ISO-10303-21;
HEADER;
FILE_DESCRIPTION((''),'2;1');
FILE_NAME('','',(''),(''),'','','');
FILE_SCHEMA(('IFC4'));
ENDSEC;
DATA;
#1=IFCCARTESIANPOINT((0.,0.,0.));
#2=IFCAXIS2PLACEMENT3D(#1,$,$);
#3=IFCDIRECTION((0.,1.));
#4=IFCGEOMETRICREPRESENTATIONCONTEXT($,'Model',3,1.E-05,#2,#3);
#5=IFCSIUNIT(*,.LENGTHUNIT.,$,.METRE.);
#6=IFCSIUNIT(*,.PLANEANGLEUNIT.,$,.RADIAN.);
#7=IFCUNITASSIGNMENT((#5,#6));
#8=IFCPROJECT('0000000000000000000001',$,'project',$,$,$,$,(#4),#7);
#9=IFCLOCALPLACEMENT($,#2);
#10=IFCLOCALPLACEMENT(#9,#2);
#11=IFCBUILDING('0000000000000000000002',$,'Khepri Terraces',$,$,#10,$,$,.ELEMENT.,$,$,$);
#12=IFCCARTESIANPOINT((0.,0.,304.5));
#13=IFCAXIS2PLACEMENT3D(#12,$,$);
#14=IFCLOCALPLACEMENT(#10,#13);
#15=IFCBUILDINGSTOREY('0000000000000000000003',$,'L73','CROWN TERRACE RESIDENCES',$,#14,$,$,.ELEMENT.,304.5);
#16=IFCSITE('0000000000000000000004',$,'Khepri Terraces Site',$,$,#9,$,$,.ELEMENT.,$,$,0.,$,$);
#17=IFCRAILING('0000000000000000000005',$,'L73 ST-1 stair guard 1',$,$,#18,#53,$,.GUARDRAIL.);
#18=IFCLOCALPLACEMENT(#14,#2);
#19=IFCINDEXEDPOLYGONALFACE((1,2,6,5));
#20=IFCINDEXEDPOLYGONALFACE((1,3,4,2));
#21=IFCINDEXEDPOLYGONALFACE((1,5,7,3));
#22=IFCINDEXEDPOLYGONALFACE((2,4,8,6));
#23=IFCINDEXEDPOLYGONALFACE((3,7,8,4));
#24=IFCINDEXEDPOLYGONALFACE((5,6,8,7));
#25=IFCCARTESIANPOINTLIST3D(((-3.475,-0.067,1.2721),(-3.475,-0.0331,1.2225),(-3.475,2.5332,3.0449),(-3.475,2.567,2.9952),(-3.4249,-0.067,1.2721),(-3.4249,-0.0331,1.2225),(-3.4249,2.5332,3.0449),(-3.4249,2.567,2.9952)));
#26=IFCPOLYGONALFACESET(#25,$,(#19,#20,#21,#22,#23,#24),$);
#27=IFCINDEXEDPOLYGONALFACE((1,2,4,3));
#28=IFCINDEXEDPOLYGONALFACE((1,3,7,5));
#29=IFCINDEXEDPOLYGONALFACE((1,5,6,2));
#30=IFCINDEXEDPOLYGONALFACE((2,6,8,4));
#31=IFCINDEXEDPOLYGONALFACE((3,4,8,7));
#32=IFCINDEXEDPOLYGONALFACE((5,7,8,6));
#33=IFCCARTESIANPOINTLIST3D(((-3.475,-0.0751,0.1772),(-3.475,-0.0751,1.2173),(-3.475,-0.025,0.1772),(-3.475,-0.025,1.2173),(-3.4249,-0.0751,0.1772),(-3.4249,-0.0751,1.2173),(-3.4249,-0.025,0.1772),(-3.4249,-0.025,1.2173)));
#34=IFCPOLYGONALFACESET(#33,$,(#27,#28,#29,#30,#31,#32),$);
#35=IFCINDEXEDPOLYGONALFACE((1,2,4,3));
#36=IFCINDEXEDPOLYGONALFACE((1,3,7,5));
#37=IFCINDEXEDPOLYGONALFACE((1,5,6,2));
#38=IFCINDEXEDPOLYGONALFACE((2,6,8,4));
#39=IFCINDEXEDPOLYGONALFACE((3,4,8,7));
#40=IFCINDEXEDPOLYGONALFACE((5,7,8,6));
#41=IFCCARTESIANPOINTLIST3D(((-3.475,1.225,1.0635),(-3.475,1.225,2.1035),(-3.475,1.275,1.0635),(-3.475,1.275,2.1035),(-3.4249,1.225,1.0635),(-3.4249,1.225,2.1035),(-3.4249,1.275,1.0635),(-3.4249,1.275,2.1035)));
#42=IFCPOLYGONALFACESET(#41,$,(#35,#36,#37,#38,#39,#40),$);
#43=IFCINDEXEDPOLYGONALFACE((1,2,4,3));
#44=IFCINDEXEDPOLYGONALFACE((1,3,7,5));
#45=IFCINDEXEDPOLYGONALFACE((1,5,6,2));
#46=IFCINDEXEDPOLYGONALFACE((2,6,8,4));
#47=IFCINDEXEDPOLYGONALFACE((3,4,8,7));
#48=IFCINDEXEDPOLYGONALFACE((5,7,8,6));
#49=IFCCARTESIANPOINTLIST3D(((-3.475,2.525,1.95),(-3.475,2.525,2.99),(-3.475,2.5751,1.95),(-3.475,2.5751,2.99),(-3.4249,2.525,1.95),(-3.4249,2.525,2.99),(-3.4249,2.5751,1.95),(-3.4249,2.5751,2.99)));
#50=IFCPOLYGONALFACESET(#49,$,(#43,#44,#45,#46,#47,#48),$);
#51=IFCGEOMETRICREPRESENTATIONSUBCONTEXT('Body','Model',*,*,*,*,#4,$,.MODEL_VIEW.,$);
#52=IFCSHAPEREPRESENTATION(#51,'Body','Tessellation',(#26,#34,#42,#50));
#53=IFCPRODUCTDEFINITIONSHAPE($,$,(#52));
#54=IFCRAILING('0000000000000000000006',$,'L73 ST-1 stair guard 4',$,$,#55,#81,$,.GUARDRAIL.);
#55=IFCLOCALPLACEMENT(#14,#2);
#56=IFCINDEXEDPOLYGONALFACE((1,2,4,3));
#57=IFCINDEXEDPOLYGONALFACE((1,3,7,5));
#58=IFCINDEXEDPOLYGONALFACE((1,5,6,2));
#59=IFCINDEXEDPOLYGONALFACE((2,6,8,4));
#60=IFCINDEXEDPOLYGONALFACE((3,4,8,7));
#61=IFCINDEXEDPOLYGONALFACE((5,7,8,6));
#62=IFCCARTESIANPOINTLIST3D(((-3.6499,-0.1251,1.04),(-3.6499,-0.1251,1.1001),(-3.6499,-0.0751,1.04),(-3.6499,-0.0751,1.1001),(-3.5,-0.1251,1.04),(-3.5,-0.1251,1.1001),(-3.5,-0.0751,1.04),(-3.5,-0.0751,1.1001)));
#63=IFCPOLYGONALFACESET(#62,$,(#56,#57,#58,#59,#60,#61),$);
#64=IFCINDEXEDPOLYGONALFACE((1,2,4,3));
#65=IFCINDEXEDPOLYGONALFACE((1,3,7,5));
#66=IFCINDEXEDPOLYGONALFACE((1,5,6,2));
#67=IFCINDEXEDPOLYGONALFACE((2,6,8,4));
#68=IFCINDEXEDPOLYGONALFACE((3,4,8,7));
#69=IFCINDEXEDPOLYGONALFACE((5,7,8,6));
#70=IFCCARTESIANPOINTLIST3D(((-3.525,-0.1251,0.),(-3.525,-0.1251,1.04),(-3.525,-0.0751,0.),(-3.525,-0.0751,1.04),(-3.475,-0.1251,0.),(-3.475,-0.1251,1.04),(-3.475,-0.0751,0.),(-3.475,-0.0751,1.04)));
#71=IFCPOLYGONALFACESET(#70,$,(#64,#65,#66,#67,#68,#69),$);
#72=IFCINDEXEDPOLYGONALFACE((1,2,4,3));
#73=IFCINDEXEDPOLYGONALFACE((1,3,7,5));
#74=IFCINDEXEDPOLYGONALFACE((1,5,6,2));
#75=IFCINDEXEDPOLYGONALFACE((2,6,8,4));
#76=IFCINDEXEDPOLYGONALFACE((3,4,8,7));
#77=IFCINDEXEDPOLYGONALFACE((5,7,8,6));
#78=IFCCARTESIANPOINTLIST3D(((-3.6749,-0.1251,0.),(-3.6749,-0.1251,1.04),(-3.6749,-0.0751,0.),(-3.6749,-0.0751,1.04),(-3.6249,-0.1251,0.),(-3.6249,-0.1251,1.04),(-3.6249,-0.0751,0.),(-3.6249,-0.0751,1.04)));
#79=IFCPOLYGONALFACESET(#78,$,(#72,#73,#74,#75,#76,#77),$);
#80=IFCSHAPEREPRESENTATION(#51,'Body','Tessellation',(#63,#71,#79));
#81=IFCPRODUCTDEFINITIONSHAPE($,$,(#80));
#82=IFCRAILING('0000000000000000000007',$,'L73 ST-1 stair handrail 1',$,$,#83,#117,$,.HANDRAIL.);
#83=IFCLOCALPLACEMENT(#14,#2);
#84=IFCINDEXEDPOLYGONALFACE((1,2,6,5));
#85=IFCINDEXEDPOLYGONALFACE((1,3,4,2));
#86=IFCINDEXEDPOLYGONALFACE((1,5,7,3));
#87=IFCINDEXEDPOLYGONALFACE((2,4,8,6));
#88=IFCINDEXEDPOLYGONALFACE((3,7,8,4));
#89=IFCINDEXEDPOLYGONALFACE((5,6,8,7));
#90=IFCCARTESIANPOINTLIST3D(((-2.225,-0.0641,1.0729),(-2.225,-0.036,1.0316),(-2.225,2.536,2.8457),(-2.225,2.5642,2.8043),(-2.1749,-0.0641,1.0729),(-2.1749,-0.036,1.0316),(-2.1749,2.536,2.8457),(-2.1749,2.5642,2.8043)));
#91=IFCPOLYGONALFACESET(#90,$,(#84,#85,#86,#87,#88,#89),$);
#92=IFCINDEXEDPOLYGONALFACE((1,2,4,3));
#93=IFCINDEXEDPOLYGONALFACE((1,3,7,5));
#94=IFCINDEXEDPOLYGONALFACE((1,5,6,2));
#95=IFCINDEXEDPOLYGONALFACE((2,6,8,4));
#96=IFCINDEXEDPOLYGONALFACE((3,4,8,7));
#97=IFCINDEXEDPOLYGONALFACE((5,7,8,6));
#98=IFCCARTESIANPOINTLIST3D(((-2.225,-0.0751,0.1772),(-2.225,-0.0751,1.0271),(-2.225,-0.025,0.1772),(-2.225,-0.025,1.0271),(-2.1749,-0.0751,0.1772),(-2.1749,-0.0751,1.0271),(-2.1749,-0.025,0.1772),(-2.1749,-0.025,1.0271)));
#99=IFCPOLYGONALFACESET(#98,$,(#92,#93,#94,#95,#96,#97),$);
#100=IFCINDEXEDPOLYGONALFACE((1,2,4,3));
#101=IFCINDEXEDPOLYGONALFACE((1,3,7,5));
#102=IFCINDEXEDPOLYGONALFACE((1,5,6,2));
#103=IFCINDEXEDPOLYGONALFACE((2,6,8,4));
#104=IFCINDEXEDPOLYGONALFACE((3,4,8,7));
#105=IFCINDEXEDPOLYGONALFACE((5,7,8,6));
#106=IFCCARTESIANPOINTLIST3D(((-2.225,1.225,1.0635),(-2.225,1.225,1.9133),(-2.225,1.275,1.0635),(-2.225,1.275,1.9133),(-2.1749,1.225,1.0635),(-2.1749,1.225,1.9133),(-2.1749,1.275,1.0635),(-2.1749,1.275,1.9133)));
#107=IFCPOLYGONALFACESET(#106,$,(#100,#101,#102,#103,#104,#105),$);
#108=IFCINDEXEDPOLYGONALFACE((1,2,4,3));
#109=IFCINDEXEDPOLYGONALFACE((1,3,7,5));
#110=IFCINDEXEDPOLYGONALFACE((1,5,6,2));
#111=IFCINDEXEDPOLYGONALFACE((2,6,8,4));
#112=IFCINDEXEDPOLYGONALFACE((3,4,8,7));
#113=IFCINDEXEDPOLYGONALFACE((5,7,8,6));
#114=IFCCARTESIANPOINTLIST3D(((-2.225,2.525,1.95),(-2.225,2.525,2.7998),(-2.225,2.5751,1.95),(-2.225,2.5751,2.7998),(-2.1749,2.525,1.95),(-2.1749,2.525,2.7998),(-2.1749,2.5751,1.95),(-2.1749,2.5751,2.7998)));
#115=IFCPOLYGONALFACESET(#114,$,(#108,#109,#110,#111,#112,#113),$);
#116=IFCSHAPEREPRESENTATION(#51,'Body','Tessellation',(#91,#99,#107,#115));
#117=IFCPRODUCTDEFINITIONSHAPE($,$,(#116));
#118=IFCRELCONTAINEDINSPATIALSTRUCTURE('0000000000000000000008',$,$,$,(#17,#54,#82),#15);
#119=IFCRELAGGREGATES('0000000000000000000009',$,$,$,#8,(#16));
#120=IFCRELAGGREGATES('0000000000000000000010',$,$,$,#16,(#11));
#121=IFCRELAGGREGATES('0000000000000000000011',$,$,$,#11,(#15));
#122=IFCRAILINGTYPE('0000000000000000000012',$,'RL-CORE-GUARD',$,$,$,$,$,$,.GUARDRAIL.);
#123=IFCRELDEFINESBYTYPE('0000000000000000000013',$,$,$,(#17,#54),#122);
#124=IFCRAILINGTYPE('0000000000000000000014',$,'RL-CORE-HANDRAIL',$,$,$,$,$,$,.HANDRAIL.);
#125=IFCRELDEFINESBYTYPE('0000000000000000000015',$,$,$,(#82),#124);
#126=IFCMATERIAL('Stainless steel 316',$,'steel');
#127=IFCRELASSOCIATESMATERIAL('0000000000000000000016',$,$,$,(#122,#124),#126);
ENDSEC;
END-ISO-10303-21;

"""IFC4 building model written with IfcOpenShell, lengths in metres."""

from ifc_helpers import new_model, si_unit, direction, frame, origin, origin_2d, place, context, subcontext, project, spatial, rectangle, extrude, material, type_object, element, save


model = new_model("IFC4")

# Units and contexts
model_context = context("Model", 3, precision=1e-05, world=origin(), true_north=direction((0.0, 1.0)))
body_context = subcontext(model_context, "Body", "Model", "MODEL_VIEW")
ifc_project = project(units=[si_unit("LENGTHUNIT", "METRE"), si_unit("PLANEANGLEUNIT", "RADIAN")], contexts=[model_context])

# Site, building, storey
site_placement = place(None, origin())
site = spatial("IfcSite", under=ifc_project, at=site_placement, Name="Khepri Terraces Site", CompositionType="ELEMENT", RefElevation=0.0)
building_placement = place(site_placement, origin())
building = spatial("IfcBuilding", under=site, at=building_placement, Name="Khepri Terraces", CompositionType="ELEMENT")
storey_placement = place(building_placement, frame((0.0, 0.0, 304.5)))
storey = spatial("IfcBuildingStorey", under=building, at=storey_placement, Name="L73", Description="CROWN TERRACE RESIDENCES", CompositionType="ELEMENT", Elevation=304.5)

# Railings
ifc_material_1 = material(Name="Stainless steel 316", Category="steel")
railing_type_1 = type_object("IfcRailingType", Name="RL-CORE-GUARD", PredefinedType="GUARDRAIL", material=ifc_material_1)
railing_1_placement = place(storey_placement, frame((-3.45, -0.05, 0.1772)))
element("IfcRailing", 1, at=railing_1_placement, inside=storey, type_object=railing_type_1, Name="L73 ST-1 stair guard 1", PredefinedType="GUARDRAIL", context=body_context, shape_type="SweptSolid", body=[
    extrude(rectangle(XDim=0.05, YDim=0.0601, at=origin_2d()), frame((0.0, 0.0, 1.0701), z_axis=(0.0, 0.82624, 0.563318), x_axis=(-1.0, 0.0, 0.0)), (0.0, 0.0, 1.0), 3.147),
    extrude(rectangle(XDim=0.05, YDim=0.05, at=origin_2d()), origin(), (0.0, 0.0, 1.0), 1.04),
    extrude(rectangle(XDim=0.05, YDim=0.05, at=origin_2d()), frame((0.0, 1.3, 0.8862)), (0.0, 0.0, 1.0), 1.04),
    extrude(rectangle(XDim=0.05, YDim=0.05, at=origin_2d()), frame((0.0, 2.6001, 1.7727)), (0.0, 0.0, 1.0), 1.04),
])
railing_2_placement = place(storey_placement, frame((-3.5, -0.1001, 0.0)))
element("IfcRailing", 2, at=railing_2_placement, inside=storey, type_object=railing_type_1, Name="L73 ST-1 stair guard 4", PredefinedType="GUARDRAIL", context=body_context, shape_type="SweptSolid", body=[
    extrude(rectangle(XDim=0.05, YDim=0.0601, at=origin_2d()), frame((0.0, 0.0, 1.0701), z_axis=(-1.0, 0.0, 0.0), x_axis=(0.0, -1.0, 0.0)), (0.0, 0.0, 1.0), 0.1499),
    extrude(rectangle(XDim=0.05, YDim=0.05, at=origin_2d()), origin(), (0.0, 0.0, 1.0), 1.04),
    extrude(rectangle(XDim=0.05, YDim=0.05, at=origin_2d()), frame((-0.1499, 0.0, 0.0)), (0.0, 0.0, 1.0), 1.04),
])
railing_type_2 = type_object("IfcRailingType", Name="RL-CORE-HANDRAIL", PredefinedType="HANDRAIL", material=ifc_material_1)
railing_3_placement = place(storey_placement, frame((-2.2, -0.05, 0.1772)))
element("IfcRailing", 3, at=railing_3_placement, inside=storey, type_object=railing_type_2, Name="L73 ST-1 stair handrail 1", PredefinedType="HANDRAIL", context=body_context, shape_type="SweptSolid", body=[
    extrude(rectangle(XDim=0.05, YDim=0.05, at=origin_2d()), frame((0.0, 0.0, 0.875), z_axis=(0.0, 0.82624, 0.563318), x_axis=(-1.0, 0.0, 0.0)), (0.0, 0.0, 1.0), 3.147),
    extrude(rectangle(XDim=0.05, YDim=0.05, at=origin_2d()), origin(), (0.0, 0.0, 1.0), 0.8499),
    extrude(rectangle(XDim=0.05, YDim=0.05, at=origin_2d()), frame((0.0, 1.3, 0.8862)), (0.0, 0.0, 1.0), 0.8499),
    extrude(rectangle(XDim=0.05, YDim=0.05, at=origin_2d()), frame((0.0, 2.6001, 1.7727)), (0.0, 0.0, 1.0), 0.8499),
])

save(model, "model.ifc")
